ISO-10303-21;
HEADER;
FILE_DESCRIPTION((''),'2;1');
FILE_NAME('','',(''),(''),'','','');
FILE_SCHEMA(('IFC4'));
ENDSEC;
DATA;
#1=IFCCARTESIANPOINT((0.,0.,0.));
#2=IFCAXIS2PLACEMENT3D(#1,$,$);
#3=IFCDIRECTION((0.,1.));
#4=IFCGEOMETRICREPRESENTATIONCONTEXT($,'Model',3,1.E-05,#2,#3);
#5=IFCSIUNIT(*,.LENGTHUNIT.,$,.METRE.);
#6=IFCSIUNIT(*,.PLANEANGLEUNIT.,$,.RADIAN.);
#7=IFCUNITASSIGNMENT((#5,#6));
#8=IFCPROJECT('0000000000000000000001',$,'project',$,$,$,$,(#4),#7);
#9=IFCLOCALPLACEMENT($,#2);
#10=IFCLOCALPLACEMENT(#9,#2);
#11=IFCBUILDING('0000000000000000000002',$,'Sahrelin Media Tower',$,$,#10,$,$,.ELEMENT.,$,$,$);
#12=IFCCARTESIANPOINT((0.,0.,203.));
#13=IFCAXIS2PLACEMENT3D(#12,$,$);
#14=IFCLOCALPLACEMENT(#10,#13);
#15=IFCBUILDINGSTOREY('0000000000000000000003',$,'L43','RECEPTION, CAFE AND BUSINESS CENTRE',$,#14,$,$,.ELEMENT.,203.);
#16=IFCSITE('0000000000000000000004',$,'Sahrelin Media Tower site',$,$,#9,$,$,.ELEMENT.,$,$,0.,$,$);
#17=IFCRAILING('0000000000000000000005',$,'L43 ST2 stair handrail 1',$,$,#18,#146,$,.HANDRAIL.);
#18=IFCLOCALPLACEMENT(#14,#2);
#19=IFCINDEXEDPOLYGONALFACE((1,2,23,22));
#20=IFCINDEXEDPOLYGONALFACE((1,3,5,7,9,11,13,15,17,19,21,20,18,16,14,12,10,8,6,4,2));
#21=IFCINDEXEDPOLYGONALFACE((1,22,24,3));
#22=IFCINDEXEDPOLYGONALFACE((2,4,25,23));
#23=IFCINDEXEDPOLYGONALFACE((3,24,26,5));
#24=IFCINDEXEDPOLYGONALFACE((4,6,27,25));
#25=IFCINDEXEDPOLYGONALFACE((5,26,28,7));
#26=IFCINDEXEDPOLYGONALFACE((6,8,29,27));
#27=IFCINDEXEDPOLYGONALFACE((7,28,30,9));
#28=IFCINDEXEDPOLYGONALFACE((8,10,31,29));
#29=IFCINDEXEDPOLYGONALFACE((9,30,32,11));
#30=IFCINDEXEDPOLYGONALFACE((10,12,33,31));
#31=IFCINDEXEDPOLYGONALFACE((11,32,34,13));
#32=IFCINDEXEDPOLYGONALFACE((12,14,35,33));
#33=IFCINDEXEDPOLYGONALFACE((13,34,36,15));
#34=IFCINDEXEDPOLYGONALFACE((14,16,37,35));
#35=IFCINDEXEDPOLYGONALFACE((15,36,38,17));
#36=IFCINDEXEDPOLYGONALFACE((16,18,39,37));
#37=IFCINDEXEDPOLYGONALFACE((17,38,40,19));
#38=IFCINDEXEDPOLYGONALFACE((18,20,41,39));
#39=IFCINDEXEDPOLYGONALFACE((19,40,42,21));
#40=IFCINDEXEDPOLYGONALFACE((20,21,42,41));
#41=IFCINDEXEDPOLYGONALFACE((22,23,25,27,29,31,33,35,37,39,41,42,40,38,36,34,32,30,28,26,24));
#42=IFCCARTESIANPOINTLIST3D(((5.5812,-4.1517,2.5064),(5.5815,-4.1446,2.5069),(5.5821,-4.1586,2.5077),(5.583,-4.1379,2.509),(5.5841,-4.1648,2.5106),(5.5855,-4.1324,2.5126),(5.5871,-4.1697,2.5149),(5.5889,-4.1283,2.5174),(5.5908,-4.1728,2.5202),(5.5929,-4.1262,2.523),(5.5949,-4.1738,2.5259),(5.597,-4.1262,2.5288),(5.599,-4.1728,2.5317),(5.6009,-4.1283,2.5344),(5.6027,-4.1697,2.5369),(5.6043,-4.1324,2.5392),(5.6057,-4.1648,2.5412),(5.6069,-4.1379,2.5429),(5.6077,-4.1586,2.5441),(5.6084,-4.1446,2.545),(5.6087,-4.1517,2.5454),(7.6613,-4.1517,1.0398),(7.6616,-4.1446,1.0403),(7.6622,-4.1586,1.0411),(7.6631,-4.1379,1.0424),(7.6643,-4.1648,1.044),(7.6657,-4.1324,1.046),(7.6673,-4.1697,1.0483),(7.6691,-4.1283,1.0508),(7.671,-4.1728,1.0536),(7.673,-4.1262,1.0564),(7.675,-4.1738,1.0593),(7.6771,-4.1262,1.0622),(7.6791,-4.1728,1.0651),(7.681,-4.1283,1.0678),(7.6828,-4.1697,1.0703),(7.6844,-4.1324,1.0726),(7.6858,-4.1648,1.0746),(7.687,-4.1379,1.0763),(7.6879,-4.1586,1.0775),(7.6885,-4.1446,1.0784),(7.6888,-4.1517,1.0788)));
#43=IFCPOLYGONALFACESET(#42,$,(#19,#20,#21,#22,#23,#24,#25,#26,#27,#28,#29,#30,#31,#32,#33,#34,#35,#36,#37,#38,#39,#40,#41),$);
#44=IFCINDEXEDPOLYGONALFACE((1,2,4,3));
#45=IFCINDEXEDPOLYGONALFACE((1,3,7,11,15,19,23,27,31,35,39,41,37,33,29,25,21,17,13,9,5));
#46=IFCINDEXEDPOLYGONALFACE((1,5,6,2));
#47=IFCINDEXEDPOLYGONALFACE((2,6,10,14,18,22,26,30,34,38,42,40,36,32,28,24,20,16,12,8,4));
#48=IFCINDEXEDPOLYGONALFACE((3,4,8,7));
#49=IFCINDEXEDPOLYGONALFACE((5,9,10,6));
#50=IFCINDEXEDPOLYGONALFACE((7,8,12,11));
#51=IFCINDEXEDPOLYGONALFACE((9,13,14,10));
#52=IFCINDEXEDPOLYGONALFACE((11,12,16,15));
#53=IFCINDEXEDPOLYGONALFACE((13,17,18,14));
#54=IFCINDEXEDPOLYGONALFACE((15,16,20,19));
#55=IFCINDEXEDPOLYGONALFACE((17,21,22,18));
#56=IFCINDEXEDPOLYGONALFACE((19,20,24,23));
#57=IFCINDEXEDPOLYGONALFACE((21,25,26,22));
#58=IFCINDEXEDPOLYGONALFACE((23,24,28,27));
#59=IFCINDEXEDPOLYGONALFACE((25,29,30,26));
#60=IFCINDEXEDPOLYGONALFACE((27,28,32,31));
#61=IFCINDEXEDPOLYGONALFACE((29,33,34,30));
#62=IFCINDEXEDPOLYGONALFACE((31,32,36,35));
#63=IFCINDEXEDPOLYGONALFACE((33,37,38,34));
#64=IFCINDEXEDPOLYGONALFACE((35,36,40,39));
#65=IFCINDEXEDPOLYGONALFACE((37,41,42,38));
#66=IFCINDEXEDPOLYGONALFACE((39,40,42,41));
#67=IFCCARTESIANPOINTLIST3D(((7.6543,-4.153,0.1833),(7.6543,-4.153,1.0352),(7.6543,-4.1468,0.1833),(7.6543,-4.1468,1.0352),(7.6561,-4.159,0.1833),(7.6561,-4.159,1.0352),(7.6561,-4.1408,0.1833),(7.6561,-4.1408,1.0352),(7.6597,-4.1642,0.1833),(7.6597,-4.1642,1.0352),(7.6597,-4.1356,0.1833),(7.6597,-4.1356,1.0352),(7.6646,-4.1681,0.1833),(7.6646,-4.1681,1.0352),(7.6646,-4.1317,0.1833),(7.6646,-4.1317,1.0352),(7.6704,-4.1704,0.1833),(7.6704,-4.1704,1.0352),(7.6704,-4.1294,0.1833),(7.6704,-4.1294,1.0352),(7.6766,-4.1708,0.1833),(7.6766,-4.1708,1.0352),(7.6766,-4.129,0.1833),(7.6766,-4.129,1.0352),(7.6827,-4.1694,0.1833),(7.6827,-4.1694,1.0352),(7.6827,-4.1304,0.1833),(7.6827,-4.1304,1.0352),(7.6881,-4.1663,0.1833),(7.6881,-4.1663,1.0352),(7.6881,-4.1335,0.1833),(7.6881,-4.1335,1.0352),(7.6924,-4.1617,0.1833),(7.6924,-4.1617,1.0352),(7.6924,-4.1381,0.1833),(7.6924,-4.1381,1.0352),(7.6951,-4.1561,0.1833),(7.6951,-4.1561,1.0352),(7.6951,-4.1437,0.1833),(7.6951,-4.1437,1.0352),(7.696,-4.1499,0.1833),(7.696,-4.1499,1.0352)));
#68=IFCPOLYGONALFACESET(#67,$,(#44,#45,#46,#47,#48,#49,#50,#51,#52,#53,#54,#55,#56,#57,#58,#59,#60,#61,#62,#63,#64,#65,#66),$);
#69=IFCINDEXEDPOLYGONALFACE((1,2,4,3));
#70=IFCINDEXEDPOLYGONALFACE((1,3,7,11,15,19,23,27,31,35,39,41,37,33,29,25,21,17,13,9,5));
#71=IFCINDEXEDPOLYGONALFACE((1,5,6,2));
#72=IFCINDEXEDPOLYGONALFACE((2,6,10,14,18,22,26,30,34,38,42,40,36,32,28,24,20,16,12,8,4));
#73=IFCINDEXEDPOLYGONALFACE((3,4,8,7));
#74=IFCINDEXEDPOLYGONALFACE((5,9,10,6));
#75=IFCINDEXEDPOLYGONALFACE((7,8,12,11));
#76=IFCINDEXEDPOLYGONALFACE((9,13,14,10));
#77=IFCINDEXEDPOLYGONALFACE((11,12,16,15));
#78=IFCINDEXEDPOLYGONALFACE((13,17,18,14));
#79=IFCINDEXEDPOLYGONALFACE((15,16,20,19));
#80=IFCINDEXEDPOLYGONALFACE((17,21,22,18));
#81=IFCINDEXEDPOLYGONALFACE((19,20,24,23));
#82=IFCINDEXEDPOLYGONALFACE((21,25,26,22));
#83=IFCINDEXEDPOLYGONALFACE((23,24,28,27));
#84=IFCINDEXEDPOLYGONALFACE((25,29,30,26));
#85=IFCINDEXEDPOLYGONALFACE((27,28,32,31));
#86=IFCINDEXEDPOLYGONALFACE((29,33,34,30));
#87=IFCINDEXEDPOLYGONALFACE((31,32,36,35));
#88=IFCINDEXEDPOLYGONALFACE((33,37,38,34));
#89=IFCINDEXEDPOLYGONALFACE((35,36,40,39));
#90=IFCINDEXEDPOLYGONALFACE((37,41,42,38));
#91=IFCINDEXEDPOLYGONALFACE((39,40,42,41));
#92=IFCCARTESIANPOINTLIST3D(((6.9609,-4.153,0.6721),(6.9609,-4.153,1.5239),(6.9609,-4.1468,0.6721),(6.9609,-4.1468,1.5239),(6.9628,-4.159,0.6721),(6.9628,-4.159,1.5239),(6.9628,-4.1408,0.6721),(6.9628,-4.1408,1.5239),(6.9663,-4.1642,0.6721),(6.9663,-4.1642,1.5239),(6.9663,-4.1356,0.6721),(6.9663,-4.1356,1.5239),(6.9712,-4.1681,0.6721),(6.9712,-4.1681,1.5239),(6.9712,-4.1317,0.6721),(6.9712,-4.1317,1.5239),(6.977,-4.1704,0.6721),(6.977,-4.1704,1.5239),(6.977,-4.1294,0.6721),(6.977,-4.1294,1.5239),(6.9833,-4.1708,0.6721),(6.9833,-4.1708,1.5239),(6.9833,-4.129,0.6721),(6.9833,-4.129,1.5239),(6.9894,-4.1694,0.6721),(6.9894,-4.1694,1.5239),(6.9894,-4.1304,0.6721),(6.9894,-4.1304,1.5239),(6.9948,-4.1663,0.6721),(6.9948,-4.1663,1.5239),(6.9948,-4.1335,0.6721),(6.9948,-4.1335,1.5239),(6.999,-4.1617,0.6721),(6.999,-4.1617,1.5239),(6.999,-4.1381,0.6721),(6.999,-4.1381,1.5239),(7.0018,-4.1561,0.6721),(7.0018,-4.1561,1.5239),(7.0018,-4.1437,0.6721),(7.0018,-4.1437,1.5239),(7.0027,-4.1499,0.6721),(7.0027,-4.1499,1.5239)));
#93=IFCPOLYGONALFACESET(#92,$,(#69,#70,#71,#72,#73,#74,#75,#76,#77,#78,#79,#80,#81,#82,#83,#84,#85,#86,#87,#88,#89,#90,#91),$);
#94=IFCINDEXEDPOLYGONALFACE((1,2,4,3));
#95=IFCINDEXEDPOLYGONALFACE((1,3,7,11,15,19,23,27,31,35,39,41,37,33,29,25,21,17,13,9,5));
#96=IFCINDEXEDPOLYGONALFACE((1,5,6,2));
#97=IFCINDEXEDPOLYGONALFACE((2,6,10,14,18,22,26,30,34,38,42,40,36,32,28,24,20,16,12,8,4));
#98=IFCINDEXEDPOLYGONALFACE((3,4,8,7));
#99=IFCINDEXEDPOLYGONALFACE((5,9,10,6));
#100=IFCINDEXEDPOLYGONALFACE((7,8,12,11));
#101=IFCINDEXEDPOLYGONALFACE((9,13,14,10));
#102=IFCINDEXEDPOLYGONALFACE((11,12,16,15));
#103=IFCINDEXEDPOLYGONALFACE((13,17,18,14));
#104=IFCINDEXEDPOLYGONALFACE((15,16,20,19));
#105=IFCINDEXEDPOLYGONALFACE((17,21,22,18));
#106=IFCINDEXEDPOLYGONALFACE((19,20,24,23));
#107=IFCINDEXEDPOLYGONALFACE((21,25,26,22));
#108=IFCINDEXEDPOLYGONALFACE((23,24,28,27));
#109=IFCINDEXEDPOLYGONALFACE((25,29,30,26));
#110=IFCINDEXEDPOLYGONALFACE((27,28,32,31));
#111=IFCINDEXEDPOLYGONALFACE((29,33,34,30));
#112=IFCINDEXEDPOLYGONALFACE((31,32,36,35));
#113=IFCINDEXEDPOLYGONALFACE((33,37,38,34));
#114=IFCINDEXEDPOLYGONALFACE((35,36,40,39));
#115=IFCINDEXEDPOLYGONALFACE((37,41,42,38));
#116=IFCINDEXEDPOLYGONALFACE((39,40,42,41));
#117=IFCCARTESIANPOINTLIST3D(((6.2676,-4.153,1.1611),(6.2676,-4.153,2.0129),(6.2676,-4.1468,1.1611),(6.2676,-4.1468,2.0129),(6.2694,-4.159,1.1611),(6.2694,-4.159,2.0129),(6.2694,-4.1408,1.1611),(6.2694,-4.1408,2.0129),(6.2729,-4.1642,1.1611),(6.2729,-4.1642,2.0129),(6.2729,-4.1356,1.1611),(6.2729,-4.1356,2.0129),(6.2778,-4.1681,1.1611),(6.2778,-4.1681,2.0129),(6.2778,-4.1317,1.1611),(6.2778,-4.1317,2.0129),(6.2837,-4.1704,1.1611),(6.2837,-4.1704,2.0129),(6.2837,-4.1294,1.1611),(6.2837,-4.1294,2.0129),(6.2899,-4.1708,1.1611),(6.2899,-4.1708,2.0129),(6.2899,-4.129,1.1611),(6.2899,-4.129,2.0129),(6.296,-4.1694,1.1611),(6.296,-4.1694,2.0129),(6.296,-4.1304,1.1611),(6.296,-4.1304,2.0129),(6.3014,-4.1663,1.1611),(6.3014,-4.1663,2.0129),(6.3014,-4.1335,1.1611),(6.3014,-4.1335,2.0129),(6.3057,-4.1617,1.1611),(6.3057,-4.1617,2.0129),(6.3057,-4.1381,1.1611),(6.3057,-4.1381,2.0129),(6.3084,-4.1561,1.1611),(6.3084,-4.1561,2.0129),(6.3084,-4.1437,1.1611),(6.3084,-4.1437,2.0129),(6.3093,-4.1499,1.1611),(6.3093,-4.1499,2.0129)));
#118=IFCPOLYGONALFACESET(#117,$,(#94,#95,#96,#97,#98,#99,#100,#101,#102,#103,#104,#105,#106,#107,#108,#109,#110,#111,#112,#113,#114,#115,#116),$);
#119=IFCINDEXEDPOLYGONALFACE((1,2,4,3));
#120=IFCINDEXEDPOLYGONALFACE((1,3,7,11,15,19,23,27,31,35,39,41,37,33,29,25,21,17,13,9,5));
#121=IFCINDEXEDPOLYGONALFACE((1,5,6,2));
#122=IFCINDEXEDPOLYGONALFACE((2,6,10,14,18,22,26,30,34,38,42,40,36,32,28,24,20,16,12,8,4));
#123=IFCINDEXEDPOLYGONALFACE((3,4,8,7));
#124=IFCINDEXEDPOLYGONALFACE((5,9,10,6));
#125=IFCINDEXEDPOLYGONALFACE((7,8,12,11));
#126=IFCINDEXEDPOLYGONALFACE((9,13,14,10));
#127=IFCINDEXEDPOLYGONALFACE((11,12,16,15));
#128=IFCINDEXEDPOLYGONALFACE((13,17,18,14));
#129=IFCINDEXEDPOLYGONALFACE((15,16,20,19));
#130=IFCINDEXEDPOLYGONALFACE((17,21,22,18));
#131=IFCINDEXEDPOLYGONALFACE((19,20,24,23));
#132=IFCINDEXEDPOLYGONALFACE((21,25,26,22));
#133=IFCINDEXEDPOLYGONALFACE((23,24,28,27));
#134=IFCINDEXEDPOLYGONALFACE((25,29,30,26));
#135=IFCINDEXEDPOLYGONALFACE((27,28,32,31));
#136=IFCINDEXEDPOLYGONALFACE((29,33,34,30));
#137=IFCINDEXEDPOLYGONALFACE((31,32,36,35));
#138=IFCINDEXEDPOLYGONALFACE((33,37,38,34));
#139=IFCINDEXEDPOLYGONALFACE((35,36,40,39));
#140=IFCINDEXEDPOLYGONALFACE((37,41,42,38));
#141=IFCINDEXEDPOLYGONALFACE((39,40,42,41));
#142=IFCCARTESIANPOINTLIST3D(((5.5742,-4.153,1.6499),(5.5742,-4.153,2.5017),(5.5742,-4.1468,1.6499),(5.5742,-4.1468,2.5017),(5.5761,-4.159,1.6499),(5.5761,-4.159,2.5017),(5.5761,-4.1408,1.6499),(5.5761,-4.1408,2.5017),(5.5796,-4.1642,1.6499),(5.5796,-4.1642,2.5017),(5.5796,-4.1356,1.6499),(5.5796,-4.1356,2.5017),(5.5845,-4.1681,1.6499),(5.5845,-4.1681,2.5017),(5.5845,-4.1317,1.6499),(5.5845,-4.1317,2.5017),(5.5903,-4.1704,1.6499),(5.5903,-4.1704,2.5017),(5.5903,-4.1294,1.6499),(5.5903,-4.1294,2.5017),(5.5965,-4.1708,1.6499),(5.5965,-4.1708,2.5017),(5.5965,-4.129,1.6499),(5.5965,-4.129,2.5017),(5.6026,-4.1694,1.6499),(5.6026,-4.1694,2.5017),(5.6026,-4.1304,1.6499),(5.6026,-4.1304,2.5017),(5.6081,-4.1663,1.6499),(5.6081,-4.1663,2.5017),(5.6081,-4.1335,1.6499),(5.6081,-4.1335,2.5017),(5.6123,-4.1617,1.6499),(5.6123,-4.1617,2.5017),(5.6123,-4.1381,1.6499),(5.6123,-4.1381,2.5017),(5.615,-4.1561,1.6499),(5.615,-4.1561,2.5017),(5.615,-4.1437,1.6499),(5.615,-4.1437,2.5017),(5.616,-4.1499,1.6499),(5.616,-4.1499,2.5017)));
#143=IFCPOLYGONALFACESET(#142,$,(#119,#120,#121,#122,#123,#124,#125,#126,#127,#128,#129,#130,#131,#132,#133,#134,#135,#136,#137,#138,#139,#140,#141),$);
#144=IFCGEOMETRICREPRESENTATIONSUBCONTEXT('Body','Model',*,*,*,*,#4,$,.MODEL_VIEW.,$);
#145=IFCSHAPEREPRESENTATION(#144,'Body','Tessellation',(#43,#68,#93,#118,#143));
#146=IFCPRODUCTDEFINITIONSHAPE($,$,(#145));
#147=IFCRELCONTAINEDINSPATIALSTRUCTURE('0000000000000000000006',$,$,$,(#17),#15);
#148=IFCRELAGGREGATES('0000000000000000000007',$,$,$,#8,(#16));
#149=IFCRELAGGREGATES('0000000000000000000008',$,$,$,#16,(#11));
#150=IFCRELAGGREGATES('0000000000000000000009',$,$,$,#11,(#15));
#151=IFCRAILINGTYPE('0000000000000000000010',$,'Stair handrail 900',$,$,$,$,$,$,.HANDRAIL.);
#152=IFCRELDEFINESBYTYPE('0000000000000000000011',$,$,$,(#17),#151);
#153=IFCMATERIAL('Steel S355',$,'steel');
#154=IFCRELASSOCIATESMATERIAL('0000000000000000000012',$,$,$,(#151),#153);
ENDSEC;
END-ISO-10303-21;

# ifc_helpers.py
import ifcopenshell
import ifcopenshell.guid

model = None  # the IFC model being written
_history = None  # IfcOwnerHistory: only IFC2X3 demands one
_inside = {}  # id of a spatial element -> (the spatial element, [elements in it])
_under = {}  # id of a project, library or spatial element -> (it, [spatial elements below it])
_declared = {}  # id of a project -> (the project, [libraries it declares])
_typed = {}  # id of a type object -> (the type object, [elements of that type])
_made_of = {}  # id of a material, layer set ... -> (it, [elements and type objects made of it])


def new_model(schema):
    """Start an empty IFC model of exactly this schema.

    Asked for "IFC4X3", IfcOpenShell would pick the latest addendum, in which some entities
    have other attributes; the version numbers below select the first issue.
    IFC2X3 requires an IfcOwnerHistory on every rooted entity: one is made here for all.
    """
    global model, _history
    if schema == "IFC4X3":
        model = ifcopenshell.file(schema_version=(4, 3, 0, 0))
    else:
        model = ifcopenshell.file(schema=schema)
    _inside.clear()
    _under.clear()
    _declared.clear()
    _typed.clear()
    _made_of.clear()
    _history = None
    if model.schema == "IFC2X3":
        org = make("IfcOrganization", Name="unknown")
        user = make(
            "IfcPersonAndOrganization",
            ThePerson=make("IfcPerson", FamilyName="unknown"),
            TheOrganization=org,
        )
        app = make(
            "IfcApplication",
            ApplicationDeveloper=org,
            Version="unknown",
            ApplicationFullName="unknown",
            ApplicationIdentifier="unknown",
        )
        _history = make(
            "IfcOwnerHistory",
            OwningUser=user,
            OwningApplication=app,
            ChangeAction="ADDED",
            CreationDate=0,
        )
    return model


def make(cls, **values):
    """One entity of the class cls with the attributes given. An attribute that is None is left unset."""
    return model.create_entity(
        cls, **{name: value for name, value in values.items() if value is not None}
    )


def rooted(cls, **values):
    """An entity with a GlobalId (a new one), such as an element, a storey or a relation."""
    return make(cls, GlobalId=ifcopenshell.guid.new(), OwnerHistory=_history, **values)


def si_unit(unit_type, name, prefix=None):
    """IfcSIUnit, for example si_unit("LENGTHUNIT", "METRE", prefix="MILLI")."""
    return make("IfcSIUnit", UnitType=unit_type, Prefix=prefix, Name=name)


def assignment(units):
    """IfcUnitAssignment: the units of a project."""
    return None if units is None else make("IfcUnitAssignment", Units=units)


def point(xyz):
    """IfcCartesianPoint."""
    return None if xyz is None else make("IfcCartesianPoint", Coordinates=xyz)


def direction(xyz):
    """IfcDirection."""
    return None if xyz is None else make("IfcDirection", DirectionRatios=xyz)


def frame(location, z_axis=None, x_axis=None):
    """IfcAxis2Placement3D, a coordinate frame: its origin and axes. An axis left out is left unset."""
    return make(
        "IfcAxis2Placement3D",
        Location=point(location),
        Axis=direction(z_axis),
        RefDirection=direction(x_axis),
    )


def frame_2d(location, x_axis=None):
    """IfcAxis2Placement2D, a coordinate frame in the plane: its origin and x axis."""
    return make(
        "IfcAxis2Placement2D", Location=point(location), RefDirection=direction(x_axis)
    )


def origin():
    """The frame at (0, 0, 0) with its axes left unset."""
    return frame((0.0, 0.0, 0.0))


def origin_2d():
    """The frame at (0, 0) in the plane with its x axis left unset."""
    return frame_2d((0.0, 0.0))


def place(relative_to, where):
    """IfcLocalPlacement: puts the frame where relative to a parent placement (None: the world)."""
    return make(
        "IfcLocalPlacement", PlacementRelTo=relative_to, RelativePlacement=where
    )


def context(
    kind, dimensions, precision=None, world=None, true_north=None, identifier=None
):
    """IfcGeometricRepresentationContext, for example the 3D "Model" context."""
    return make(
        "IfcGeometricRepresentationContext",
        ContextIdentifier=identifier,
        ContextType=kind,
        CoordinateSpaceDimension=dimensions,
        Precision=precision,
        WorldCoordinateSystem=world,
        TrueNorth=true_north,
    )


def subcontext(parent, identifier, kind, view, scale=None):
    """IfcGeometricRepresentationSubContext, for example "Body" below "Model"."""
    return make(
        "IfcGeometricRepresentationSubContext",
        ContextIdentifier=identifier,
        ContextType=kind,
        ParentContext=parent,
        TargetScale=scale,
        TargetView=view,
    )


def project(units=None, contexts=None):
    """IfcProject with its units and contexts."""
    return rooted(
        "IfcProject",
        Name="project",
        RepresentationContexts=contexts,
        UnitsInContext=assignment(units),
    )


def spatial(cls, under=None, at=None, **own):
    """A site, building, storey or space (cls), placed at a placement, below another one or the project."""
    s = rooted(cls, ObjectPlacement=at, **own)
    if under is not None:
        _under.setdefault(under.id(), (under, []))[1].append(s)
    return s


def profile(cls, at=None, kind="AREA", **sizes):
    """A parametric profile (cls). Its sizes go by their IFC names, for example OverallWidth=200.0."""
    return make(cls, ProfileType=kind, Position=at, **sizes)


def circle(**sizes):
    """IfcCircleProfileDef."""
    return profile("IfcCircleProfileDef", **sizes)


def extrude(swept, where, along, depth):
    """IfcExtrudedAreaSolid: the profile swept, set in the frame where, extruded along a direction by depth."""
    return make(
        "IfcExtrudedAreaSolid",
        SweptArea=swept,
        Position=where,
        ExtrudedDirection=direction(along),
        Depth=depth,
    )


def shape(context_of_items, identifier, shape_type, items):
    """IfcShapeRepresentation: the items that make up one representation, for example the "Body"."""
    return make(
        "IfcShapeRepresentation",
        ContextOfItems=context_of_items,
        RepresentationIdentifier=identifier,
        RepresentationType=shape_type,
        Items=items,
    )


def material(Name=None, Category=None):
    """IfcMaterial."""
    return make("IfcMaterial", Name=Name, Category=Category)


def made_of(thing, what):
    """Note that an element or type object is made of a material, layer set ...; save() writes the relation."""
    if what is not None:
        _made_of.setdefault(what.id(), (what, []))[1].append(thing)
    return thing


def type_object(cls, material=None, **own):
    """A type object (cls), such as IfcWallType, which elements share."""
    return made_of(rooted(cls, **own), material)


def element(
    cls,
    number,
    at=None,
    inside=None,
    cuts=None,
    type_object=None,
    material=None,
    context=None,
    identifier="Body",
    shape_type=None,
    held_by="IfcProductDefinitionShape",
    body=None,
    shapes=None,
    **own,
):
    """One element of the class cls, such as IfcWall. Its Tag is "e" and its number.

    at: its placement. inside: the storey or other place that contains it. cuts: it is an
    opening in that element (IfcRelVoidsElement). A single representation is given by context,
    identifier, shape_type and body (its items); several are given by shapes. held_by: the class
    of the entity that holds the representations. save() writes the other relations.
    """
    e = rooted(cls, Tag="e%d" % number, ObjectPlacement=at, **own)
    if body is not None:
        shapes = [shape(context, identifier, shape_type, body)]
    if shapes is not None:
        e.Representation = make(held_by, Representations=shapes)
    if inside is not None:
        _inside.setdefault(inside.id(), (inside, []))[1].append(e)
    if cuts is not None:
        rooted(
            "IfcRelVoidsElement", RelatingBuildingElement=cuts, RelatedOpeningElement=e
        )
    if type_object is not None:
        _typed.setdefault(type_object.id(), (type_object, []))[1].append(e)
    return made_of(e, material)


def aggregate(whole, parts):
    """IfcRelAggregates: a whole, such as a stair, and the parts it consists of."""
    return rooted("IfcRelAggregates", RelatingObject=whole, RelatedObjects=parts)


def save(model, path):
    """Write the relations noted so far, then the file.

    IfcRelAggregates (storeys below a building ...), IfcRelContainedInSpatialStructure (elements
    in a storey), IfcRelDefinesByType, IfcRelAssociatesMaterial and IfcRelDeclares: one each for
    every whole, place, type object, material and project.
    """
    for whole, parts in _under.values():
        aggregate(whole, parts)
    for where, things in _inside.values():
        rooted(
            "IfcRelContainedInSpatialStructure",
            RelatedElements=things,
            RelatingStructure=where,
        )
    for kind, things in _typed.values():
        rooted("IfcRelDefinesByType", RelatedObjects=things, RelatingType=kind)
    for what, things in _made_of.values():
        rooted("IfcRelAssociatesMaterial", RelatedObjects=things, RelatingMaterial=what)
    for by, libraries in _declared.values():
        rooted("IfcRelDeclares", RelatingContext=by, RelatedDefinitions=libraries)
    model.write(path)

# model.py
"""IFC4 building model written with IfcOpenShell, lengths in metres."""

from ifc_helpers import new_model, si_unit, direction, frame, origin, origin_2d, place, context, subcontext, project, spatial, circle, extrude, material, type_object, element, save


model = new_model("IFC4")

# Units and contexts
model_context = context("Model", 3, precision=1e-05, world=origin(), true_north=direction((0.0, 1.0)))
body_context = subcontext(model_context, "Body", "Model", "MODEL_VIEW")
ifc_project = project(units=[si_unit("LENGTHUNIT", "METRE"), si_unit("PLANEANGLEUNIT", "RADIAN")], contexts=[model_context])

# Site, building, storey
site_placement = place(None, origin())
site = spatial("IfcSite", under=ifc_project, at=site_placement, Name="Sahrelin Media Tower site", CompositionType="ELEMENT", RefElevation=0.0)
building_placement = place(site_placement, origin())
building = spatial("IfcBuilding", under=site, at=building_placement, Name="Sahrelin Media Tower", CompositionType="ELEMENT")
storey_placement = place(building_placement, frame((0.0, 0.0, 203.0)))
storey = spatial("IfcBuildingStorey", under=building, at=storey_placement, Name="L43", Description="RECEPTION, CAFE AND BUSINESS CENTRE", CompositionType="ELEMENT", Elevation=203.0)

# Railing
ifc_material_1 = material(Name="Steel S355", Category="steel")
railing_type_1 = type_object("IfcRailingType", Name="Stair handrail 900", PredefinedType="HANDRAIL", material=ifc_material_1)
for number, where, name in (
    (1, (7.675, -4.1499, 0.1833), "L43 ST2 stair handrail 1"),
):
    element("IfcRailing", number, at=place(storey_placement, frame(where)), inside=storey, type_object=railing_type_1, Name=name, PredefinedType="HANDRAIL", context=body_context, shape_type="SweptSolid", body=[
        extrude(circle(Radius=0.0239, at=origin_2d()), frame((0.0, 0.0, 0.876), z_axis=(-0.817289, 0.0, 0.576227), x_axis=(0.0, -1.0, 0.0)), (0.0, 0.0, 1.0), 2.5452),
        extrude(circle(Radius=0.021, at=origin_2d()), origin(), (0.0, 0.0, 1.0), 0.8518),
        extrude(circle(Radius=0.021, at=origin_2d()), frame((-0.6934, 0.0, 0.4888)), (0.0, 0.0, 1.0), 0.8518),
        extrude(circle(Radius=0.021, at=origin_2d()), frame((-1.3867, 0.0, 0.9778)), (0.0, 0.0, 1.0), 0.8518),
        extrude(circle(Radius=0.021, at=origin_2d()), frame((-2.0801, 0.0, 1.4666)), (0.0, 0.0, 1.0), 0.8518),
    ])

save(model, "model.ifc")
